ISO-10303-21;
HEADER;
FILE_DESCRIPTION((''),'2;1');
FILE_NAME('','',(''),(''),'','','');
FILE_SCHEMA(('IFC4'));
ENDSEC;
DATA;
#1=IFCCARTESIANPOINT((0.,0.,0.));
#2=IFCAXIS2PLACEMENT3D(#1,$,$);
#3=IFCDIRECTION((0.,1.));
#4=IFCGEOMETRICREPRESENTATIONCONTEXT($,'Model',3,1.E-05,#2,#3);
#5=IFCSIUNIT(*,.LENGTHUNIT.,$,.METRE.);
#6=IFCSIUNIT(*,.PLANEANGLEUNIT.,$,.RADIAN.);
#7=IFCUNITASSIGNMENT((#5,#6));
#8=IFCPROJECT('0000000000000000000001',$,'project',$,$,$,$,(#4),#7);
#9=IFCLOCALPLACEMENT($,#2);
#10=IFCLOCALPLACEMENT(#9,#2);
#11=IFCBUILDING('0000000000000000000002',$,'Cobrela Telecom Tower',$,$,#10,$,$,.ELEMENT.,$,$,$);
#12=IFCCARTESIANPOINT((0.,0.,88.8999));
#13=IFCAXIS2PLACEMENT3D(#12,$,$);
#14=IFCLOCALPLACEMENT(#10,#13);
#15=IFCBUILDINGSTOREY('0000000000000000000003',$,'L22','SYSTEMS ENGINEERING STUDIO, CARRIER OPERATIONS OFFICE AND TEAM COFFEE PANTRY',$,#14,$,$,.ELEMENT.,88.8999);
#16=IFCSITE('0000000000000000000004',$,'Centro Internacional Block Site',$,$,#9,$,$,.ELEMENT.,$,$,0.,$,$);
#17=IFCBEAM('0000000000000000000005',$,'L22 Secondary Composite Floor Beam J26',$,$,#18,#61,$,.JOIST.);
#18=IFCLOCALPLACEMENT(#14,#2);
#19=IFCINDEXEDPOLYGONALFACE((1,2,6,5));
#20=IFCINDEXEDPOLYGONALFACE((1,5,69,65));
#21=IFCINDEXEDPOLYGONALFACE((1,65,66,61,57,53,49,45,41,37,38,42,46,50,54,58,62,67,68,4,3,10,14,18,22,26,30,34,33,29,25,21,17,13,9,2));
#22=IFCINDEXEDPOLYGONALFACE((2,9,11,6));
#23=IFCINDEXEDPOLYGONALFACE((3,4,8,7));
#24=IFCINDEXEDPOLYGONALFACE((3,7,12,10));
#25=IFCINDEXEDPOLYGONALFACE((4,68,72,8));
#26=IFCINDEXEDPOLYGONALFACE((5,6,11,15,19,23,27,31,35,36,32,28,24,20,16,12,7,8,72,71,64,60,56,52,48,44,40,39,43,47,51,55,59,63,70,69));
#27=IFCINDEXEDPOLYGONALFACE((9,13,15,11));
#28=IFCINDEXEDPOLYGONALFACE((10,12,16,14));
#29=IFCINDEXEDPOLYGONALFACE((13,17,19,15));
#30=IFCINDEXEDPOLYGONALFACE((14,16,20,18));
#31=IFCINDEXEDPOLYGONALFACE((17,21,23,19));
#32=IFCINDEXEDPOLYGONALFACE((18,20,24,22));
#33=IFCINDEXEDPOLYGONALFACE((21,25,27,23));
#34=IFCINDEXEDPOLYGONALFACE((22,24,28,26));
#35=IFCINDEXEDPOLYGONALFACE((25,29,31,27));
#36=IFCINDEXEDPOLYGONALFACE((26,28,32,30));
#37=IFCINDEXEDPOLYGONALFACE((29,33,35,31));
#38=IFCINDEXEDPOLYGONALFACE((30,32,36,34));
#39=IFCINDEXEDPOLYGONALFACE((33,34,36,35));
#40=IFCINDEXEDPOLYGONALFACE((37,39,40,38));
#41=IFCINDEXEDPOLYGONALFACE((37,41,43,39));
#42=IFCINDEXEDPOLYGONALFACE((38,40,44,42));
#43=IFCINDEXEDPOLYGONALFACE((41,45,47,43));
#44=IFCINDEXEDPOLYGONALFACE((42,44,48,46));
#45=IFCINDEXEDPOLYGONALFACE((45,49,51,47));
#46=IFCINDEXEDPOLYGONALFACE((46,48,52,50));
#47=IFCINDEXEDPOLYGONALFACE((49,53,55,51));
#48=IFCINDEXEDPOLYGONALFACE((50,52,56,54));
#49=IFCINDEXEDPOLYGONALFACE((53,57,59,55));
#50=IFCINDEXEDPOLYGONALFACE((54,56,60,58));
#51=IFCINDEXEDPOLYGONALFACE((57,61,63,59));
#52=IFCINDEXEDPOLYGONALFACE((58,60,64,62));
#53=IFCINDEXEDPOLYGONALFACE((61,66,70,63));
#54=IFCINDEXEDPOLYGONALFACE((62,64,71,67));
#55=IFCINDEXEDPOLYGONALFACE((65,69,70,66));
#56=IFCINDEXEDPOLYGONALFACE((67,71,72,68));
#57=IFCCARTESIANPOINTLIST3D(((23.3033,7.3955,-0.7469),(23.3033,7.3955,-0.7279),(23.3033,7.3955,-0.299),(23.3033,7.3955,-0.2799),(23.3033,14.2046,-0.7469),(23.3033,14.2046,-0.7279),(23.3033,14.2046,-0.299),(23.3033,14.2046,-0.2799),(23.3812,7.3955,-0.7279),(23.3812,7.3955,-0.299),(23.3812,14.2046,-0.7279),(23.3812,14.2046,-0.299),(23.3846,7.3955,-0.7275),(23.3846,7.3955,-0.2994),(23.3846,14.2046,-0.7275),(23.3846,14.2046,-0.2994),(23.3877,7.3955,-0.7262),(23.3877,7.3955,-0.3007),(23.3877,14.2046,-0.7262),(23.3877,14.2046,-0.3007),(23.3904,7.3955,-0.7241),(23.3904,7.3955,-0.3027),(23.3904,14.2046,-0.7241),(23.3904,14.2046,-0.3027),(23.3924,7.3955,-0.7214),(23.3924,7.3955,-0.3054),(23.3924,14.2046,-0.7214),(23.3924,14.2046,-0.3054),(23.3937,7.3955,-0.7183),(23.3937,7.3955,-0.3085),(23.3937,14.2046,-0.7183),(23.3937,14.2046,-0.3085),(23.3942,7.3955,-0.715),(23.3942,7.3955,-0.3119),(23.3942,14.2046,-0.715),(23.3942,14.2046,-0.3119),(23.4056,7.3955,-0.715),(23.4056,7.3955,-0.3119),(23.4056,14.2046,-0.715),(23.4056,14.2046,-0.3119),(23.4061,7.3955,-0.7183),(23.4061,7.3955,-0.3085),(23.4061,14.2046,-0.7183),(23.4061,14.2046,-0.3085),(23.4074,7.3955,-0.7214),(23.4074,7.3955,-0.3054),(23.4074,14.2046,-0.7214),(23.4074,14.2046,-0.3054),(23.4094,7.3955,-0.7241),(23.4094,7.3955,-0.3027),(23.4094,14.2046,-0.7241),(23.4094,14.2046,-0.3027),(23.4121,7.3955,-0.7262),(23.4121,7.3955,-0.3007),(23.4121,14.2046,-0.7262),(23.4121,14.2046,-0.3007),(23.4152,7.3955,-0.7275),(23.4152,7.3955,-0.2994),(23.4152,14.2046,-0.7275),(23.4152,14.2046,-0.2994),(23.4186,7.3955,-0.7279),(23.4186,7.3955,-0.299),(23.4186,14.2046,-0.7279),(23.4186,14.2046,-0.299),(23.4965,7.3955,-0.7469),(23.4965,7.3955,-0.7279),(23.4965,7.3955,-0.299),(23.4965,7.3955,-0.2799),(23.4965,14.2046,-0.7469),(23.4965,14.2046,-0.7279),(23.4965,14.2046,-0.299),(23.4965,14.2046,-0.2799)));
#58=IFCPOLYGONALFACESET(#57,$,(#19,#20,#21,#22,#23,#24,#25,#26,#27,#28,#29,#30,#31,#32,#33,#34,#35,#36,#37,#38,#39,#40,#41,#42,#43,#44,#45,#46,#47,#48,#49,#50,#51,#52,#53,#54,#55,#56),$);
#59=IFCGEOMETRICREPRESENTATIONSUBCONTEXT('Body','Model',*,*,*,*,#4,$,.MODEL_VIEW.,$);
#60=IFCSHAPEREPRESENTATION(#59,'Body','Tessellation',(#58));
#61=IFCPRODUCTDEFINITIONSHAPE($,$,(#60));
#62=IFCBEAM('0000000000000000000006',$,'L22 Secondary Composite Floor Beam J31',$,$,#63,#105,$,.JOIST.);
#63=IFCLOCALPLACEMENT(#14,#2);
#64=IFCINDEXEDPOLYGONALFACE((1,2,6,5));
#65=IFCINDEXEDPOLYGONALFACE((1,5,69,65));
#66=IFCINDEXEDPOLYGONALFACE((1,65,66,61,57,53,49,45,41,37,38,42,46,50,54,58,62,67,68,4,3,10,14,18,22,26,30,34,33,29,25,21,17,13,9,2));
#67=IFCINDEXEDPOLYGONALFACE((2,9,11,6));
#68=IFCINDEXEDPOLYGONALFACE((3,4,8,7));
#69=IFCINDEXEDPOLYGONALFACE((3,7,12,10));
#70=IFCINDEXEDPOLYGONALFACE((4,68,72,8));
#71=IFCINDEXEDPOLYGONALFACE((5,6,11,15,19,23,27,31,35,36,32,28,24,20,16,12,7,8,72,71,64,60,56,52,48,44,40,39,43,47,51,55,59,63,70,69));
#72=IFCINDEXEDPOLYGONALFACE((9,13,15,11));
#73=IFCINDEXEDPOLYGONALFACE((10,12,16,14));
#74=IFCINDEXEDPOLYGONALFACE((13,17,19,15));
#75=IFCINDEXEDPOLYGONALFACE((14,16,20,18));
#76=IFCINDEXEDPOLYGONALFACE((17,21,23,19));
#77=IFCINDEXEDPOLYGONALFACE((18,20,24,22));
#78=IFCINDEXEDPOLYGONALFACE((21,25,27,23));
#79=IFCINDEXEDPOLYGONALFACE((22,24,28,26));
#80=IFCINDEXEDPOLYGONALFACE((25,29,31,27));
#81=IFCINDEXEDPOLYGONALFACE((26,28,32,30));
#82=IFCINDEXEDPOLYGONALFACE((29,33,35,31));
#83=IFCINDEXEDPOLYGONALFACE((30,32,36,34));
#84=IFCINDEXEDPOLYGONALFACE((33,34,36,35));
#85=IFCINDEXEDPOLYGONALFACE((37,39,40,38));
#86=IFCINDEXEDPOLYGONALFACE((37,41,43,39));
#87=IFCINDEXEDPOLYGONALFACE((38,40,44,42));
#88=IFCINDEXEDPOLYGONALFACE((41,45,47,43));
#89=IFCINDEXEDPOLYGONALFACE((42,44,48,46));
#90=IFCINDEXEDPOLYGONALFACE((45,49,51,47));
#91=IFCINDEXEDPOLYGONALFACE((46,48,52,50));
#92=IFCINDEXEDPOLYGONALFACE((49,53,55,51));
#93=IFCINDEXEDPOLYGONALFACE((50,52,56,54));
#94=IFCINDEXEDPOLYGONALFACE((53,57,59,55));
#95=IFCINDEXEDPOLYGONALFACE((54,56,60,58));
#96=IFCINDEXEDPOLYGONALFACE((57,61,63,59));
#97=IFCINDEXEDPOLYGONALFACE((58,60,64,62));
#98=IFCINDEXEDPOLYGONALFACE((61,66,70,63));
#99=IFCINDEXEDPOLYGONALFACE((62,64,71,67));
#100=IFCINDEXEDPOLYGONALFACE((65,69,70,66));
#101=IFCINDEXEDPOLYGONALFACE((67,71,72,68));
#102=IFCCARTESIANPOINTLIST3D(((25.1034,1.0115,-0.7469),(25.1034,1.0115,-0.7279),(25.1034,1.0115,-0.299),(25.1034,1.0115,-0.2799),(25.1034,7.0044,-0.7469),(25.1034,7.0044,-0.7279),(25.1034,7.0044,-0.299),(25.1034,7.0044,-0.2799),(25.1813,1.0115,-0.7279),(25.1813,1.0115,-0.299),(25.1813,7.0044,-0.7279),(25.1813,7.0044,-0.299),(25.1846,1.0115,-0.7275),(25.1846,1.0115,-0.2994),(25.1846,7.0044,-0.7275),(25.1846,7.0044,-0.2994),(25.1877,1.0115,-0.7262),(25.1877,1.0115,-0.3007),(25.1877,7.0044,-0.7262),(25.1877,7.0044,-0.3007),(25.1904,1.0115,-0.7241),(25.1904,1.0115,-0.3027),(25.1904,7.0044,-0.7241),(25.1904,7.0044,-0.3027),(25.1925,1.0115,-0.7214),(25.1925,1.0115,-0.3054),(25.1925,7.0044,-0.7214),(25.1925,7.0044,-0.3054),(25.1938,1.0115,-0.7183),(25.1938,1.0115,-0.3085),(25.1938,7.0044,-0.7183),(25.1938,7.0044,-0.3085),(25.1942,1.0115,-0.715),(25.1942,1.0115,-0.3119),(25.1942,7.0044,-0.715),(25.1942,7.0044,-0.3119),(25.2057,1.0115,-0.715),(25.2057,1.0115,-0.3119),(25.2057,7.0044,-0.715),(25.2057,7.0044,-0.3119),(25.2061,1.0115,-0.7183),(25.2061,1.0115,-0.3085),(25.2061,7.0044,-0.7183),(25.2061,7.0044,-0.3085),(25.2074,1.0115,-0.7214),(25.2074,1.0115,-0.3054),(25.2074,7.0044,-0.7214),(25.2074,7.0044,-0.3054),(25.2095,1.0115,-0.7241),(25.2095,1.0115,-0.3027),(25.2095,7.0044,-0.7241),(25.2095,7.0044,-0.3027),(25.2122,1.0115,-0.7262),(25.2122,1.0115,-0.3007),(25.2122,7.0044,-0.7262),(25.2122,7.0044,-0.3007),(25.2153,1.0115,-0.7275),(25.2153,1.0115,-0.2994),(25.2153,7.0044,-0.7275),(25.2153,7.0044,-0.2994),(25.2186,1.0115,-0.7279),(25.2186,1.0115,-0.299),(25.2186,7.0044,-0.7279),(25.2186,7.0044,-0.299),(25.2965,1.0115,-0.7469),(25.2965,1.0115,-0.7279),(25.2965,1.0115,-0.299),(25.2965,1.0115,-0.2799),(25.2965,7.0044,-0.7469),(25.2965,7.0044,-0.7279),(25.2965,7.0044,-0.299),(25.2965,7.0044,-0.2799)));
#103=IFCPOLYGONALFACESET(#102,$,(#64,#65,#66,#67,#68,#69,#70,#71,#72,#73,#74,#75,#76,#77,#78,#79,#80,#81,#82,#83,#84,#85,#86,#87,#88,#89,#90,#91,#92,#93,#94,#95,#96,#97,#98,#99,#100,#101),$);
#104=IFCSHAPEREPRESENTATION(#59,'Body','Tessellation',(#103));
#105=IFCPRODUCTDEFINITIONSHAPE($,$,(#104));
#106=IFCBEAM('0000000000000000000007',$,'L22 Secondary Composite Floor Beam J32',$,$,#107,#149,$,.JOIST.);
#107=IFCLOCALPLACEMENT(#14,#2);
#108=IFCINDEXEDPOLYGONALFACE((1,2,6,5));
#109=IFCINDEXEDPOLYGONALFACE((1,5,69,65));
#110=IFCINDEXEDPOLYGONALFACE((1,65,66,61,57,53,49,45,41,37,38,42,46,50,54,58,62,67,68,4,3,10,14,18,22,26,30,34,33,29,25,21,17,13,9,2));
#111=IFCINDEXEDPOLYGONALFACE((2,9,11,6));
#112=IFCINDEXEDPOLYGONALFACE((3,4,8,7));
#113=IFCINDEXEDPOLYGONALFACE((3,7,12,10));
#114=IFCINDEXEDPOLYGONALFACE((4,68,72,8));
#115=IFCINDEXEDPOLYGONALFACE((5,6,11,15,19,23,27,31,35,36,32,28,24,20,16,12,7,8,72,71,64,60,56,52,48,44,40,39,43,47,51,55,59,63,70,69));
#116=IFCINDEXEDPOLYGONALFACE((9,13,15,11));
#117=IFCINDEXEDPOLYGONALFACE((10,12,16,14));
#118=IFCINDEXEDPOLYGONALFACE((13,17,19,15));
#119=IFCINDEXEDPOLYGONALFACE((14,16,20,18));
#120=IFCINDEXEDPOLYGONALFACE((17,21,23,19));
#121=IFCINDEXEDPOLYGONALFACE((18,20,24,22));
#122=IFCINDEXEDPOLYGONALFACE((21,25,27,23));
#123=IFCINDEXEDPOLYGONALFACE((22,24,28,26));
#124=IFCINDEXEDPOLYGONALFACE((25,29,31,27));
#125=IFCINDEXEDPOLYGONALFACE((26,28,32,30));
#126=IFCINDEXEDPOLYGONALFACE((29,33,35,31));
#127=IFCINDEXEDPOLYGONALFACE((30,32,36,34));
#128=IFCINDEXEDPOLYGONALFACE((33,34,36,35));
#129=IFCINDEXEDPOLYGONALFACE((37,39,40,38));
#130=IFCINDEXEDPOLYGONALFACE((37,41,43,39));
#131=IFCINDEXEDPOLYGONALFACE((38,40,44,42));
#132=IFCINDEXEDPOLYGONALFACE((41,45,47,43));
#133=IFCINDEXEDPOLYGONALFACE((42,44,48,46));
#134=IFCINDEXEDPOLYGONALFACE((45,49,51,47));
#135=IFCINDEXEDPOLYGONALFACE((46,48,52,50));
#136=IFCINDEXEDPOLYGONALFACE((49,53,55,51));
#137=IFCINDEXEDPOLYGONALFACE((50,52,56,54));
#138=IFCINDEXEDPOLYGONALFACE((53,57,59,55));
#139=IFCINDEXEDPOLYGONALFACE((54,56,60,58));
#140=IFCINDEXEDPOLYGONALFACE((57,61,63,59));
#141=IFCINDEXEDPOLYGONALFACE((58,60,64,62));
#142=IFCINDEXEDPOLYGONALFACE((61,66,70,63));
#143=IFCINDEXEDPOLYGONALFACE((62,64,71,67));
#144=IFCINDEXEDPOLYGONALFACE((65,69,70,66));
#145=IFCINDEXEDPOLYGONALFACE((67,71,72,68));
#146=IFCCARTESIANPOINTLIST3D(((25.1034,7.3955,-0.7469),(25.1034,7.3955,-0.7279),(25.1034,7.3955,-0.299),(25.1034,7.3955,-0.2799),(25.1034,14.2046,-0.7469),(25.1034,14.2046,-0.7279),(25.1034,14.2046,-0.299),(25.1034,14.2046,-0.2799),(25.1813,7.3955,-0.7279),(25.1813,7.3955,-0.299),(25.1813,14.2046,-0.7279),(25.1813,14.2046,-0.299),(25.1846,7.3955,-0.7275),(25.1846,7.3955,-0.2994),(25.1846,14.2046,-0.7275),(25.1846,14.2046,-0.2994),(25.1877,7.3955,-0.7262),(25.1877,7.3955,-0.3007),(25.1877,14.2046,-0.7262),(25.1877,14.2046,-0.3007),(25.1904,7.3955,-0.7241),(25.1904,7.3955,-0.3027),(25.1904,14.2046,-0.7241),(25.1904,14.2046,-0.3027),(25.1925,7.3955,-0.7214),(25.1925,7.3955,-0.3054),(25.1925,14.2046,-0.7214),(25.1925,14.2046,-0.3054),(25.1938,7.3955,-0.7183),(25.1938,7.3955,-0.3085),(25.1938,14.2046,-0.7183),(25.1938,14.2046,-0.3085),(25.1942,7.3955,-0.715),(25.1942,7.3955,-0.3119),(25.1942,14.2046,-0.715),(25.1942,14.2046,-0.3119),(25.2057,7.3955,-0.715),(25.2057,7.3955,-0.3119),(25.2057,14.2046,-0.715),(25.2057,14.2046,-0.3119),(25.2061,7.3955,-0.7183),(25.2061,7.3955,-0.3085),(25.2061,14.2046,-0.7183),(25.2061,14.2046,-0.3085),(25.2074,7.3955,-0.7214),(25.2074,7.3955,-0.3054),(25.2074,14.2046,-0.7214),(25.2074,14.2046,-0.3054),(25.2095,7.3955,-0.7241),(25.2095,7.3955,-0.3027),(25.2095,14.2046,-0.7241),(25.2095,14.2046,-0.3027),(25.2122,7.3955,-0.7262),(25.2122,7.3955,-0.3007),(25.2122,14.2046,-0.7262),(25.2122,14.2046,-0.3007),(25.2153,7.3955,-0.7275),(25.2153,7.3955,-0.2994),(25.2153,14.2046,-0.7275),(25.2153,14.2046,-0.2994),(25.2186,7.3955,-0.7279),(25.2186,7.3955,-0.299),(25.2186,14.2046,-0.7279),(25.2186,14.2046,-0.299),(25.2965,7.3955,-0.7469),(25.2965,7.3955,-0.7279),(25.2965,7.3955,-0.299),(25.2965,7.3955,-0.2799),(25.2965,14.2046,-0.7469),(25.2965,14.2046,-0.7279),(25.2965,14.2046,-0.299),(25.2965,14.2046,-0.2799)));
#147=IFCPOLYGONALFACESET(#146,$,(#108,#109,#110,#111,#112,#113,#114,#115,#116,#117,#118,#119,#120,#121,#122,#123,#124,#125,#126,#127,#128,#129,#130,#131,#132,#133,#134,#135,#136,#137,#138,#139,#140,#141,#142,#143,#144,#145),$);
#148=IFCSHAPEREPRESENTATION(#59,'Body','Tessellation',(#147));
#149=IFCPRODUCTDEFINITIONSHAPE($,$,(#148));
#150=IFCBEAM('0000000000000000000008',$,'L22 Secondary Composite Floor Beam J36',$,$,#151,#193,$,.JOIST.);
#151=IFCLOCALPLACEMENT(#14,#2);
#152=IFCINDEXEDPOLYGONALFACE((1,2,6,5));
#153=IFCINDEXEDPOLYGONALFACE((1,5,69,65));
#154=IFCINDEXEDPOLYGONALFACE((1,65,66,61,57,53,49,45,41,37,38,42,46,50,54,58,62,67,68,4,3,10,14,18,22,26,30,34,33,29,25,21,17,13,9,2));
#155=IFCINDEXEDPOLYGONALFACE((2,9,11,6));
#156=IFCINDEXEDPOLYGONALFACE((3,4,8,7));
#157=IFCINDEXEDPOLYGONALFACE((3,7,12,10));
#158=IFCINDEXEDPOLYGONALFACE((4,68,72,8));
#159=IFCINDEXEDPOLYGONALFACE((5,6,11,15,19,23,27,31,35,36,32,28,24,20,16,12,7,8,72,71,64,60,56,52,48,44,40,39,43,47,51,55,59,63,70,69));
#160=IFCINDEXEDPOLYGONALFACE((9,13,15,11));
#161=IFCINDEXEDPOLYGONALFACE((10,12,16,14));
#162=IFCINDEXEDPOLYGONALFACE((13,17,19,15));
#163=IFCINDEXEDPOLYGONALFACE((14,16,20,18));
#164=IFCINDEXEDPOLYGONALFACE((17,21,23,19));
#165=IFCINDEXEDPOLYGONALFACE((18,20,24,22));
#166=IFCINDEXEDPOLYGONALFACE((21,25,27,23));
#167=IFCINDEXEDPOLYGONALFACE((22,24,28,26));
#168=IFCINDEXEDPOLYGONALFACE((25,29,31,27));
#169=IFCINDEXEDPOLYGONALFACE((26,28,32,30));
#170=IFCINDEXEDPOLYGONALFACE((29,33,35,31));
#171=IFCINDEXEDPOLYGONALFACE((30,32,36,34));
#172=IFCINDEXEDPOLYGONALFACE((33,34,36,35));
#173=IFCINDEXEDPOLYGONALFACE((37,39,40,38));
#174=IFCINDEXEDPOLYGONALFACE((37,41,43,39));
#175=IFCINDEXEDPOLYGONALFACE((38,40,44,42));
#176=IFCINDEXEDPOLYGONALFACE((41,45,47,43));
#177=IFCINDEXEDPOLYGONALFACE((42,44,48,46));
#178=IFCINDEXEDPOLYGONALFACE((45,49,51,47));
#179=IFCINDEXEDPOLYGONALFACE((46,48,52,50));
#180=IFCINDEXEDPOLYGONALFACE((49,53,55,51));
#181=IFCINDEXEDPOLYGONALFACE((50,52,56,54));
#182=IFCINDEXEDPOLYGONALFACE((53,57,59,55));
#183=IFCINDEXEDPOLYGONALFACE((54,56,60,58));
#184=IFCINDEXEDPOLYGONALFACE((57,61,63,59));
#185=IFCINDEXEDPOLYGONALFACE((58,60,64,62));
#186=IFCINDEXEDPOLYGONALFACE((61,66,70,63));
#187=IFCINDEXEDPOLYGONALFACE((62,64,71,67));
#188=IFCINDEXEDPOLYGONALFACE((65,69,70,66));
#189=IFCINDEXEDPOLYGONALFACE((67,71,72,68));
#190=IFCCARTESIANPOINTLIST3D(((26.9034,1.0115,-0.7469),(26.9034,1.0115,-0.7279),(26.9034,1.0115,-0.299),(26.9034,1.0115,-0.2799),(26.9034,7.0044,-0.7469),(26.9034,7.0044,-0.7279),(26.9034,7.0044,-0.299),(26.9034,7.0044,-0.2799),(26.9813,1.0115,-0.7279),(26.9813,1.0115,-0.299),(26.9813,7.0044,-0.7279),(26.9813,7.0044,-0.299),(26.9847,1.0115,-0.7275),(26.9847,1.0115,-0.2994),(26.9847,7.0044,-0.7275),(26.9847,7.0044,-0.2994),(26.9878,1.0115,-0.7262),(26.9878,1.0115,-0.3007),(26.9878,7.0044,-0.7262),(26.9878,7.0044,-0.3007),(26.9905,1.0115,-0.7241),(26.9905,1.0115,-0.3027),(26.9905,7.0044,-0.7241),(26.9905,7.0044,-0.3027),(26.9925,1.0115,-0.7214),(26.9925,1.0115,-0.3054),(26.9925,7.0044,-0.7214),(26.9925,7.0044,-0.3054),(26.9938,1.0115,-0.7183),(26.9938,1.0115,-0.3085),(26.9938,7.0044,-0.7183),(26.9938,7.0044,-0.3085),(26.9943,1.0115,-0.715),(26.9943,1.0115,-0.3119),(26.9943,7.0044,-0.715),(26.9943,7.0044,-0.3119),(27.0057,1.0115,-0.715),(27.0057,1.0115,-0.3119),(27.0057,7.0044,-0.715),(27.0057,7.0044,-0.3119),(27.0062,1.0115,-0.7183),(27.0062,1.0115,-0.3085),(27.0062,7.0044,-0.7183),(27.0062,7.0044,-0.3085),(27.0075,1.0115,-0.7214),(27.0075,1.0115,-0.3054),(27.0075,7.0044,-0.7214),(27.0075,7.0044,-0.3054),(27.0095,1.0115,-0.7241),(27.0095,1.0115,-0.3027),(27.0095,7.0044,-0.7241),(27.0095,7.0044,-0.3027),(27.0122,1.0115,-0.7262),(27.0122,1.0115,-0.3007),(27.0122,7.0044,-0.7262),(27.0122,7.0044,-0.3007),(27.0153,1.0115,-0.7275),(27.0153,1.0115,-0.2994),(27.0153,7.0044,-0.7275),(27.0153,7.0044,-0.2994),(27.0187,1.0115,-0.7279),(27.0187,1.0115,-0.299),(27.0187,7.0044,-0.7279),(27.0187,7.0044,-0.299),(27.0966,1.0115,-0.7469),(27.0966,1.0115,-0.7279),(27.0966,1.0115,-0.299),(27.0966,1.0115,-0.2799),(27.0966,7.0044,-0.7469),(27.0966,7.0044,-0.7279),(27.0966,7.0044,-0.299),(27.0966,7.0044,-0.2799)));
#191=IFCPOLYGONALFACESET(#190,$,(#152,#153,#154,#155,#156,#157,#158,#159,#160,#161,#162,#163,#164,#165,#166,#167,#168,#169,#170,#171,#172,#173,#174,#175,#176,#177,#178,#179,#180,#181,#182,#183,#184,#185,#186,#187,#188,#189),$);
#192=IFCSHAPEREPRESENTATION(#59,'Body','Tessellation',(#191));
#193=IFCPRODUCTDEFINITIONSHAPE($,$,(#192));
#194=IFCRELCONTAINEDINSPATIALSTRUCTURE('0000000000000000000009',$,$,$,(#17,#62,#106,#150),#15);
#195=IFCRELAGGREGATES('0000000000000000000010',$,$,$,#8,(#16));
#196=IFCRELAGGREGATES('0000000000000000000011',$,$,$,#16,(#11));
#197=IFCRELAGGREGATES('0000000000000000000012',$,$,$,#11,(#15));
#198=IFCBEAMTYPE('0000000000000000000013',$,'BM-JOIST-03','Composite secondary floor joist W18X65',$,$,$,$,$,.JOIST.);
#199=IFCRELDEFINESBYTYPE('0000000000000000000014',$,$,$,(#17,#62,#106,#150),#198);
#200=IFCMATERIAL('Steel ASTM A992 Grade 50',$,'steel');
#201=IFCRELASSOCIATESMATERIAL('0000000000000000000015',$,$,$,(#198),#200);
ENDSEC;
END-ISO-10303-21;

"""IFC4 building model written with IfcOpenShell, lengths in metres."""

from ifc_helpers import new_model, si_unit, direction, frame, origin, origin_2d, place, context, subcontext, project, spatial, i_section, extrude, material, material_profile, profile_set, type_object, element, save


model = new_model("IFC4")

# Units and contexts
model_context = context("Model", 3, precision=1e-05, world=origin(), true_north=direction((0.0, 1.0)))
body_context = subcontext(model_context, "Body", "Model", "MODEL_VIEW")
ifc_project = project(units=[si_unit("LENGTHUNIT", "METRE"), si_unit("PLANEANGLEUNIT", "RADIAN")], contexts=[model_context])

# Site, building, storey
site_placement = place(None, origin())
site = spatial("IfcSite", under=ifc_project, at=site_placement, Name="Centro Internacional Block Site", CompositionType="ELEMENT", RefElevation=0.0)
building_placement = place(site_placement, origin())
building = spatial("IfcBuilding", under=site, at=building_placement, Name="Cobrela Telecom Tower", CompositionType="ELEMENT")
storey_placement = place(building_placement, frame((0.0, 0.0, 88.8999)))
storey = spatial("IfcBuildingStorey", under=building, at=storey_placement, Name="L22", Description="SYSTEMS ENGINEERING STUDIO, CARRIER OPERATIONS OFFICE AND TEAM COFFEE PANTRY", CompositionType="ELEMENT", Elevation=88.8999)

# Shared definitions
ifc_material_1 = material(Name="Steel ASTM A992 Grade 50", Category="steel")

# Beams
ifc_material_profile_1 = material_profile(ifc_material_1, i_section(OverallWidth=0.1931, OverallDepth=0.467, WebThickness=0.0115, FlangeThickness=0.019, FilletRadius=0.0129, at=origin_2d()), Name="W18X65")
ifc_profile_set_1 = profile_set([ifc_material_profile_1], Name="Steel ASTM A992 Grade 50")
beam_type_1 = type_object("IfcBeamType", Name="BM-JOIST-03", Description="Composite secondary floor joist W18X65", PredefinedType="JOIST", material=ifc_profile_set_1)
beam_1_placement = place(storey_placement, frame((23.3999, 7.3955, -0.5134), z_axis=(0.0, 1.0, 0.0), x_axis=(-1.0, 0.0, 0.0)))
element("IfcBeam", 1, at=beam_1_placement, inside=storey, type_object=beam_type_1, Name="L22 Secondary Composite Floor Beam J26", PredefinedType="JOIST", context=body_context, shape_type="SweptSolid", body=[
    extrude(i_section(OverallWidth=0.1931, OverallDepth=0.467, WebThickness=0.0115, FlangeThickness=0.019, FilletRadius=0.0129, at=origin_2d()), origin(), (0.0, 0.0, 1.0), 6.8091),
])
beam_2_placement = place(storey_placement, frame((25.2, 1.0115, -0.5134), z_axis=(0.0, 1.0, 0.0), x_axis=(-1.0, 0.0, 0.0)))
element("IfcBeam", 2, at=beam_2_placement, inside=storey, type_object=beam_type_1, Name="L22 Secondary Composite Floor Beam J31", PredefinedType="JOIST", context=body_context, shape_type="SweptSolid", body=[
    extrude(i_section(OverallWidth=0.1931, OverallDepth=0.467, WebThickness=0.0115, FlangeThickness=0.019, FilletRadius=0.0129, at=origin_2d()), origin(), (0.0, 0.0, 1.0), 5.9929),
])
beam_3_placement = place(storey_placement, frame((25.2, 7.3955, -0.5134), z_axis=(0.0, 1.0, 0.0), x_axis=(-1.0, 0.0, 0.0)))
element("IfcBeam", 3, at=beam_3_placement, inside=storey, type_object=beam_type_1, Name="L22 Secondary Composite Floor Beam J32", PredefinedType="JOIST", context=body_context, shape_type="SweptSolid", body=[
    extrude(i_section(OverallWidth=0.1931, OverallDepth=0.467, WebThickness=0.0115, FlangeThickness=0.019, FilletRadius=0.0129, at=origin_2d()), origin(), (0.0, 0.0, 1.0), 6.8091),
])
beam_4_placement = place(storey_placement, frame((27.0, 1.0115, -0.5134), z_axis=(0.0, 1.0, 0.0), x_axis=(-1.0, 0.0, 0.0)))
element("IfcBeam", 4, at=beam_4_placement, inside=storey, type_object=beam_type_1, Name="L22 Secondary Composite Floor Beam J36", PredefinedType="JOIST", context=body_context, shape_type="SweptSolid", body=[
    extrude(i_section(OverallWidth=0.1931, OverallDepth=0.467, WebThickness=0.0115, FlangeThickness=0.019, FilletRadius=0.0129, at=origin_2d()), origin(), (0.0, 0.0, 1.0), 5.9929),
])

save(model, "model.ifc")
